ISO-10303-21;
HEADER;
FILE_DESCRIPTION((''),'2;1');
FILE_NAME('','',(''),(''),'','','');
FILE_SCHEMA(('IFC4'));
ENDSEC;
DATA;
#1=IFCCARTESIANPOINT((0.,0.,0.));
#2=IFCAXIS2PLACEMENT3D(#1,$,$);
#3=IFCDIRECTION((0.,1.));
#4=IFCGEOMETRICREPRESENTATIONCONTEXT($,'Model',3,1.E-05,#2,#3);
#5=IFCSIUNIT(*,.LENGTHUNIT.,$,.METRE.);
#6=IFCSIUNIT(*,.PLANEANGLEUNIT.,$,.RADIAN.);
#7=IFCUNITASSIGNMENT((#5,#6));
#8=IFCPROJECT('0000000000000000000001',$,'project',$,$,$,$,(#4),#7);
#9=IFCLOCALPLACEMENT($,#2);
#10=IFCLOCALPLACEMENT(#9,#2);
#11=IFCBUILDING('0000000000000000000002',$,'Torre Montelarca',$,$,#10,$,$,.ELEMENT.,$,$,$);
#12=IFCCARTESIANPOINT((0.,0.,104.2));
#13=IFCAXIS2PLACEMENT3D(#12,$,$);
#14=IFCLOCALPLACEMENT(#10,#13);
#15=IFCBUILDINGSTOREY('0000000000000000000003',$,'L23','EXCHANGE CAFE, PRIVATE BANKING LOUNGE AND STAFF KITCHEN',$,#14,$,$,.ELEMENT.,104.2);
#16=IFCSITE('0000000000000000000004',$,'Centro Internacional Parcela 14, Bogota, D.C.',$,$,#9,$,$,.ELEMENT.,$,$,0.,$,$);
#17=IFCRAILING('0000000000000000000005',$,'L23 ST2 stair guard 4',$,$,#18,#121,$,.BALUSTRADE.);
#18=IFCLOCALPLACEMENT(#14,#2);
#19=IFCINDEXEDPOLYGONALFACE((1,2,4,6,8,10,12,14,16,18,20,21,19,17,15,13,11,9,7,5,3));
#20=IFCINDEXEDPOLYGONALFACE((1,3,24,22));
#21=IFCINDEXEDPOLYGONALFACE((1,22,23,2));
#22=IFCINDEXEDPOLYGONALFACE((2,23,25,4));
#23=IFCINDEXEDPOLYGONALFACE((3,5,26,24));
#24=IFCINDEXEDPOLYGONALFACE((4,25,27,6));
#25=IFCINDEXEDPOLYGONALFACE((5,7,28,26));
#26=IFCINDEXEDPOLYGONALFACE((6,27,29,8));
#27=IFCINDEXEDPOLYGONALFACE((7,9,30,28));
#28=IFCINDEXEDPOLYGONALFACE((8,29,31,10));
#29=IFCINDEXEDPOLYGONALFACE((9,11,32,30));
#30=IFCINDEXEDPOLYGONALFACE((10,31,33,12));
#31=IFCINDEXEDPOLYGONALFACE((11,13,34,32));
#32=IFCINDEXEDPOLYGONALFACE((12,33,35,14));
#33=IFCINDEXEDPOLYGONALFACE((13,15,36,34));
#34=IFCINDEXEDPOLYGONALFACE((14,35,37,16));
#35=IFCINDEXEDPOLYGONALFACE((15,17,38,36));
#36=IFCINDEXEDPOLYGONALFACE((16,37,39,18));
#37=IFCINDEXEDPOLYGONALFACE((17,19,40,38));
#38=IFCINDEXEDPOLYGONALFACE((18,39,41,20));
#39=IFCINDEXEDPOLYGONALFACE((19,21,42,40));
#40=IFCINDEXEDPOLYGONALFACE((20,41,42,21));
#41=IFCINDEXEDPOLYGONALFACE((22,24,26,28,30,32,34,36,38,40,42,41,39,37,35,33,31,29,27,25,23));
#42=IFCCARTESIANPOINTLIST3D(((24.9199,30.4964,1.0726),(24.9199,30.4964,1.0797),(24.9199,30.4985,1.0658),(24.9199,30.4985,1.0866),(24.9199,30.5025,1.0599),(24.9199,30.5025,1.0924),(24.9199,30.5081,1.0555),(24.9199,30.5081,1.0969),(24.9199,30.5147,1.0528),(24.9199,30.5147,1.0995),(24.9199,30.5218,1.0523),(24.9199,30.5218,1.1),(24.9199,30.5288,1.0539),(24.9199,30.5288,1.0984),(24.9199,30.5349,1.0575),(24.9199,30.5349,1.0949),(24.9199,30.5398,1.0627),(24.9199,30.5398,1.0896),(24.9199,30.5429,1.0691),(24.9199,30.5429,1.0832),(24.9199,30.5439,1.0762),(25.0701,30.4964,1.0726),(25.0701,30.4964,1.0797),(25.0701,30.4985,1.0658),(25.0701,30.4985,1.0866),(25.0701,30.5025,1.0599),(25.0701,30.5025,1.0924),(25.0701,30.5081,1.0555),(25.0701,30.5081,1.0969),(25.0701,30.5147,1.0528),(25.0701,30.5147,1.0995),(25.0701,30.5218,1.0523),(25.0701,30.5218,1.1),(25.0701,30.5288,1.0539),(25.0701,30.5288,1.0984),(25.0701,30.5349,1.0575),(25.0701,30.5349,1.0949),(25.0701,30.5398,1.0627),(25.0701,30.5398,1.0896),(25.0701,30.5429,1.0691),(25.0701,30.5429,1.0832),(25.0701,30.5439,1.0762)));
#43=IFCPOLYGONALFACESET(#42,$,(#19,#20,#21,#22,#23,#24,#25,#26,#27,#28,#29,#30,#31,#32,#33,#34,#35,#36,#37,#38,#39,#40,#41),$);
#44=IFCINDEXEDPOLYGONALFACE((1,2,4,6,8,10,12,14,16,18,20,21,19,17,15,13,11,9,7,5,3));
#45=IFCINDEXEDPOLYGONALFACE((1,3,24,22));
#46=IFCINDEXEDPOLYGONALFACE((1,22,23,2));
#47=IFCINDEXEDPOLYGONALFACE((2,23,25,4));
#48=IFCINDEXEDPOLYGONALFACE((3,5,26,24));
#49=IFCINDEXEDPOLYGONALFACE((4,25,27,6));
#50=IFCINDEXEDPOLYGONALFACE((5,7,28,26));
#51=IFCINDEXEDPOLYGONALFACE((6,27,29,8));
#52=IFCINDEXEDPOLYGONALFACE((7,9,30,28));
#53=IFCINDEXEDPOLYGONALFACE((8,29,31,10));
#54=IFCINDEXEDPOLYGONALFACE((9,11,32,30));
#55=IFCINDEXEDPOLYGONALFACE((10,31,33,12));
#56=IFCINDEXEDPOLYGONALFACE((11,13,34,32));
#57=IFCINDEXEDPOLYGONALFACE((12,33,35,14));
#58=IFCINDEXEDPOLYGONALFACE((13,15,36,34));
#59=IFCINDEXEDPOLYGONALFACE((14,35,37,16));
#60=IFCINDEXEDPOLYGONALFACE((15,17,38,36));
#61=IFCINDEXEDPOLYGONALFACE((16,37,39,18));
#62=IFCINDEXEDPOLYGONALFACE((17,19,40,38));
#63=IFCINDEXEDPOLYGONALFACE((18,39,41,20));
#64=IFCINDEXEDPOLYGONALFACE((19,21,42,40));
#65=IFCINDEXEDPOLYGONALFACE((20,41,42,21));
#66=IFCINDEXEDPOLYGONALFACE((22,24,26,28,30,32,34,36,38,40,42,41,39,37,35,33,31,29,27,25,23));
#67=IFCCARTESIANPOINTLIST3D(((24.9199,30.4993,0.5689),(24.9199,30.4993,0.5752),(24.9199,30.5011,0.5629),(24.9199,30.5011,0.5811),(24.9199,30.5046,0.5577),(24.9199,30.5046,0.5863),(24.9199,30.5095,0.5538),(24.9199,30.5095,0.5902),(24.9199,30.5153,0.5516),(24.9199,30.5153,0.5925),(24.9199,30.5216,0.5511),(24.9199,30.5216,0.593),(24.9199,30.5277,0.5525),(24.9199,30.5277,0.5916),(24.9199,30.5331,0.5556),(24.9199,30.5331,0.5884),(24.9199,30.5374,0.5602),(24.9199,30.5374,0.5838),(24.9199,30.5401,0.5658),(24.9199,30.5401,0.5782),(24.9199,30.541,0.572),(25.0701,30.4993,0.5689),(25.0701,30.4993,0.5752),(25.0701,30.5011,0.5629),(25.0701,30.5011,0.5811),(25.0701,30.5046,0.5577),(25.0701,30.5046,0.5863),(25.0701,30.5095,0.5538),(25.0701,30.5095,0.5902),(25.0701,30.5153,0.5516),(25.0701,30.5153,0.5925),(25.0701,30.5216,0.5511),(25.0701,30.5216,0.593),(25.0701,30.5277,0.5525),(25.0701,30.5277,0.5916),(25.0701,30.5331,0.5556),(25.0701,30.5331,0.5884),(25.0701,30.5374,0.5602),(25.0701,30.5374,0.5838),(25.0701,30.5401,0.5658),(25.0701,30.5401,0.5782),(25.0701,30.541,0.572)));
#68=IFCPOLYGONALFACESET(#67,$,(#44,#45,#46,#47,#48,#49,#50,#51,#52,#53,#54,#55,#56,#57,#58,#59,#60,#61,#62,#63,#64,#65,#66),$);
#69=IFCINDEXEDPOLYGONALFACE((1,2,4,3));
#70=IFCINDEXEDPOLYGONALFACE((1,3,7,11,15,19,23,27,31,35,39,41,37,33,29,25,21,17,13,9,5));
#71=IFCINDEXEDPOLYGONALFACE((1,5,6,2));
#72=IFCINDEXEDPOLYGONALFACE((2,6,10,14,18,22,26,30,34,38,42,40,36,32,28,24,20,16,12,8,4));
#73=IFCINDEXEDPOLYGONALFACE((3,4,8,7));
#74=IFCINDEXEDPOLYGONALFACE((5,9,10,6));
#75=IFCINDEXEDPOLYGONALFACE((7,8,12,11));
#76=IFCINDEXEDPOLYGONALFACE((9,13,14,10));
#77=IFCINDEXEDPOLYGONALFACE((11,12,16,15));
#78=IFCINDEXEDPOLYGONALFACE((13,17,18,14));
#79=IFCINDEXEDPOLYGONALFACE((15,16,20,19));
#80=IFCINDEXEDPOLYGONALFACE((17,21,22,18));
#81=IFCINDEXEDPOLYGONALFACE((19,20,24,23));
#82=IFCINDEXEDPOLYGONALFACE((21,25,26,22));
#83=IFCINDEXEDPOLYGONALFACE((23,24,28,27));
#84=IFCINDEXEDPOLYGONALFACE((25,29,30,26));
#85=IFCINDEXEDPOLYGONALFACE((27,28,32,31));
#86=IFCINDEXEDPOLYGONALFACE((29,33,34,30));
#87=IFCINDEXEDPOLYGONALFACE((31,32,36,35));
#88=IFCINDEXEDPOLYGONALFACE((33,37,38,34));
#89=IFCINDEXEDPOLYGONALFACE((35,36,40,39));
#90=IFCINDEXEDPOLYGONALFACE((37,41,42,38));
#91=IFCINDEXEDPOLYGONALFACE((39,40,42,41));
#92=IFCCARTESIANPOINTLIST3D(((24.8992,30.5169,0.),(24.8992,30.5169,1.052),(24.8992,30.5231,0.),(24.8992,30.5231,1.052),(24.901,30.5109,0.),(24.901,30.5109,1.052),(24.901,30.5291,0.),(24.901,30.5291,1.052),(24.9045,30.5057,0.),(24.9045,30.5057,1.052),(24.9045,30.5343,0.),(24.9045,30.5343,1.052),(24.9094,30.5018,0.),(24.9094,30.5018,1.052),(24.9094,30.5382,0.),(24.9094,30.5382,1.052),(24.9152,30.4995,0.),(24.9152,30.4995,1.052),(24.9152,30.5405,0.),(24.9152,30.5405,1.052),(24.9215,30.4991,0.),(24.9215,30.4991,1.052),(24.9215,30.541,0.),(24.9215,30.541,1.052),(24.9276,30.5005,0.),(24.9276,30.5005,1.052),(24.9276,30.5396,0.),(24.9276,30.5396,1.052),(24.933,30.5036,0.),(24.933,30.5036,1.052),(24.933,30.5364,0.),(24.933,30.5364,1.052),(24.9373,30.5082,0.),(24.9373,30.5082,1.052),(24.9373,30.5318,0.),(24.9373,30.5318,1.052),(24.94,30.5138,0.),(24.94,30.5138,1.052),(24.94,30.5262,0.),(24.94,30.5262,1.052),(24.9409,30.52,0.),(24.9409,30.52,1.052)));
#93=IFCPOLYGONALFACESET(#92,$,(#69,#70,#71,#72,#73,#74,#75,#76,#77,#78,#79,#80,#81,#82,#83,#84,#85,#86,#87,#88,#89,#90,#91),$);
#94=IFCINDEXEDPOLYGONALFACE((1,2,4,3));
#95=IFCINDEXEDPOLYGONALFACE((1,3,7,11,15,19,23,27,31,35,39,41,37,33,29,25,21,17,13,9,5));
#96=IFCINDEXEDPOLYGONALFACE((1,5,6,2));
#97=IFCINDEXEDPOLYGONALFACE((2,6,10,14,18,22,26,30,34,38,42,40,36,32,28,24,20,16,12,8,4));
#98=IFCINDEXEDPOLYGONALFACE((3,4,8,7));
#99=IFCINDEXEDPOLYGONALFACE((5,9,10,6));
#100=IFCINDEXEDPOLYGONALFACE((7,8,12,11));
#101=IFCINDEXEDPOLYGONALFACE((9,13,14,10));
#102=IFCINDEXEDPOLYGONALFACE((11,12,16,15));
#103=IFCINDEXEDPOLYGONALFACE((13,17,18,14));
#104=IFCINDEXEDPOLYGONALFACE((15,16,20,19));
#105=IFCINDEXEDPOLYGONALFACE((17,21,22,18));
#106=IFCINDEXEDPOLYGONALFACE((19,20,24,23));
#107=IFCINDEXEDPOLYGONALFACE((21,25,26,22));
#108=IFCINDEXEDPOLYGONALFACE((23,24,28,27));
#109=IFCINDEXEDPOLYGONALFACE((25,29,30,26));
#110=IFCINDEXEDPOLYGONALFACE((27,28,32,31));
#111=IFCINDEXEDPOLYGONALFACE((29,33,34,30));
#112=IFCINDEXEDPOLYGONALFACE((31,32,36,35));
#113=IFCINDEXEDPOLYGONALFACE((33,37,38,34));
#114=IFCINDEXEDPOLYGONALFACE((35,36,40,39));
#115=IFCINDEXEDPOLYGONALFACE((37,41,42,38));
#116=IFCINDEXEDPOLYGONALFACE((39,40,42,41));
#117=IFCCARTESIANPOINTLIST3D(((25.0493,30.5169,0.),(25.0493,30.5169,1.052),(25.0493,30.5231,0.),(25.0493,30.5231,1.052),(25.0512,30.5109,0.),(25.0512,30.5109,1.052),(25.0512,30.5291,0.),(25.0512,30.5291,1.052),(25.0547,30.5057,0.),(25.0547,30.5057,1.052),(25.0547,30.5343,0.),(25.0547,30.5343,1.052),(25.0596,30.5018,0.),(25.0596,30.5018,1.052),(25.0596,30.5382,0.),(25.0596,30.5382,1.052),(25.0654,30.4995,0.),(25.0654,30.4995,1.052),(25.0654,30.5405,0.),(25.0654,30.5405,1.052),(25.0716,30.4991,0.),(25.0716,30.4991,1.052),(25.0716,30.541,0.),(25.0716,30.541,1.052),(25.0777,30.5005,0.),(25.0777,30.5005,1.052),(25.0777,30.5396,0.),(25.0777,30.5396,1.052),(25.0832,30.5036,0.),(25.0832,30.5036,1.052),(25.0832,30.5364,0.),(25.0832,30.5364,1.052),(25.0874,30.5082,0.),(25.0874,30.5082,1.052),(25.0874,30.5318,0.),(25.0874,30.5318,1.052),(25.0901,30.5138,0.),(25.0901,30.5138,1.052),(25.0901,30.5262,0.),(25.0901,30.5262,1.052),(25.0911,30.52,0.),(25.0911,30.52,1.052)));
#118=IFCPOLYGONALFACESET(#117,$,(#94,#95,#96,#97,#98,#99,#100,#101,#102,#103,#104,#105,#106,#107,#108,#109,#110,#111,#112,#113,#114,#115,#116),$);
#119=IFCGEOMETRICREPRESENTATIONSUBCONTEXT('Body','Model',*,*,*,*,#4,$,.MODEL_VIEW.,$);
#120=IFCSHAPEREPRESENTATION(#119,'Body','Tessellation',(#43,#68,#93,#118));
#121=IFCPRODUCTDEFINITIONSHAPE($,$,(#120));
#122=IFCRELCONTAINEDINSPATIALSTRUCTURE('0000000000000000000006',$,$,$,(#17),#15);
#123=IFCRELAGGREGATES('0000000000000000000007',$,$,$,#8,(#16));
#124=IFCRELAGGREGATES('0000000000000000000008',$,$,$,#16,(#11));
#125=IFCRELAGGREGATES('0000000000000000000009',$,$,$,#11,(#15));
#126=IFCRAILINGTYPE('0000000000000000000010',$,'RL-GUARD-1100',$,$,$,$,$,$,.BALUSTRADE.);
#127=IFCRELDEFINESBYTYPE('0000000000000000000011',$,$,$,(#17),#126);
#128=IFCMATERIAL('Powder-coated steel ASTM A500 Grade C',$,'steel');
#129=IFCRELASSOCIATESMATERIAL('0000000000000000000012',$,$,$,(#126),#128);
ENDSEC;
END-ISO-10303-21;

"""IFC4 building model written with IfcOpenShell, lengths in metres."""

from ifc_helpers import new_model, si_unit, direction, frame, origin, origin_2d, place, context, subcontext, project, spatial, circle, extrude, material, type_object, element, save


model = new_model("IFC4")

# Units and contexts
model_context = context("Model", 3, precision=1e-05, world=origin(), true_north=direction((0.0, 1.0)))
body_context = subcontext(model_context, "Body", "Model", "MODEL_VIEW")
ifc_project = project(units=[si_unit("LENGTHUNIT", "METRE"), si_unit("PLANEANGLEUNIT", "RADIAN")], contexts=[model_context])

# Site, building, storey
site_placement = place(None, origin())
site = spatial("IfcSite", under=ifc_project, at=site_placement, Name="Centro Internacional Parcela 14, Bogota, D.C.", CompositionType="ELEMENT", RefElevation=0.0)
building_placement = place(site_placement, origin())
building = spatial("IfcBuilding", under=site, at=building_placement, Name="Torre Montelarca", CompositionType="ELEMENT")
storey_placement = place(building_placement, frame((0.0, 0.0, 104.2)))
storey = spatial("IfcBuildingStorey", under=building, at=storey_placement, Name="L23", Description="EXCHANGE CAFE, PRIVATE BANKING LOUNGE AND STAFF KITCHEN", CompositionType="ELEMENT", Elevation=104.2)

# Railing
ifc_material_1 = material(Name="Powder-coated steel ASTM A500 Grade C", Category="steel")
railing_type_1 = type_object("IfcRailingType", Name="RL-GUARD-1100", PredefinedType="BALUSTRADE", material=ifc_material_1)
railing_1_placement = place(storey_placement, frame((24.9199, 30.52, 0.0)))
element("IfcRailing", 1, at=railing_1_placement, inside=storey, type_object=railing_type_1, Name="L23 ST2 stair guard 4", PredefinedType="BALUSTRADE", context=body_context, shape_type="SweptSolid", body=[
    extrude(circle(Radius=0.0239, at=origin_2d()), frame((0.0, 0.0, 1.0762), z_axis=(1.0, 0.0, 0.0), x_axis=(0.0, 1.0, 0.0)), (0.0, 0.0, 1.0), 0.1501),
    extrude(circle(Radius=0.021, at=origin_2d()), frame((0.0, 0.0, 0.572), z_axis=(1.0, 0.0, 0.0), x_axis=(0.0, 1.0, 0.0)), (0.0, 0.0, 1.0), 0.1501),
    extrude(circle(Radius=0.021, at=origin_2d()), origin(), (0.0, 0.0, 1.0), 1.052),
    extrude(circle(Radius=0.021, at=origin_2d()), frame((0.1501, 0.0, 0.0)), (0.0, 0.0, 1.0), 1.052),
])

save(model, "model.ifc")
